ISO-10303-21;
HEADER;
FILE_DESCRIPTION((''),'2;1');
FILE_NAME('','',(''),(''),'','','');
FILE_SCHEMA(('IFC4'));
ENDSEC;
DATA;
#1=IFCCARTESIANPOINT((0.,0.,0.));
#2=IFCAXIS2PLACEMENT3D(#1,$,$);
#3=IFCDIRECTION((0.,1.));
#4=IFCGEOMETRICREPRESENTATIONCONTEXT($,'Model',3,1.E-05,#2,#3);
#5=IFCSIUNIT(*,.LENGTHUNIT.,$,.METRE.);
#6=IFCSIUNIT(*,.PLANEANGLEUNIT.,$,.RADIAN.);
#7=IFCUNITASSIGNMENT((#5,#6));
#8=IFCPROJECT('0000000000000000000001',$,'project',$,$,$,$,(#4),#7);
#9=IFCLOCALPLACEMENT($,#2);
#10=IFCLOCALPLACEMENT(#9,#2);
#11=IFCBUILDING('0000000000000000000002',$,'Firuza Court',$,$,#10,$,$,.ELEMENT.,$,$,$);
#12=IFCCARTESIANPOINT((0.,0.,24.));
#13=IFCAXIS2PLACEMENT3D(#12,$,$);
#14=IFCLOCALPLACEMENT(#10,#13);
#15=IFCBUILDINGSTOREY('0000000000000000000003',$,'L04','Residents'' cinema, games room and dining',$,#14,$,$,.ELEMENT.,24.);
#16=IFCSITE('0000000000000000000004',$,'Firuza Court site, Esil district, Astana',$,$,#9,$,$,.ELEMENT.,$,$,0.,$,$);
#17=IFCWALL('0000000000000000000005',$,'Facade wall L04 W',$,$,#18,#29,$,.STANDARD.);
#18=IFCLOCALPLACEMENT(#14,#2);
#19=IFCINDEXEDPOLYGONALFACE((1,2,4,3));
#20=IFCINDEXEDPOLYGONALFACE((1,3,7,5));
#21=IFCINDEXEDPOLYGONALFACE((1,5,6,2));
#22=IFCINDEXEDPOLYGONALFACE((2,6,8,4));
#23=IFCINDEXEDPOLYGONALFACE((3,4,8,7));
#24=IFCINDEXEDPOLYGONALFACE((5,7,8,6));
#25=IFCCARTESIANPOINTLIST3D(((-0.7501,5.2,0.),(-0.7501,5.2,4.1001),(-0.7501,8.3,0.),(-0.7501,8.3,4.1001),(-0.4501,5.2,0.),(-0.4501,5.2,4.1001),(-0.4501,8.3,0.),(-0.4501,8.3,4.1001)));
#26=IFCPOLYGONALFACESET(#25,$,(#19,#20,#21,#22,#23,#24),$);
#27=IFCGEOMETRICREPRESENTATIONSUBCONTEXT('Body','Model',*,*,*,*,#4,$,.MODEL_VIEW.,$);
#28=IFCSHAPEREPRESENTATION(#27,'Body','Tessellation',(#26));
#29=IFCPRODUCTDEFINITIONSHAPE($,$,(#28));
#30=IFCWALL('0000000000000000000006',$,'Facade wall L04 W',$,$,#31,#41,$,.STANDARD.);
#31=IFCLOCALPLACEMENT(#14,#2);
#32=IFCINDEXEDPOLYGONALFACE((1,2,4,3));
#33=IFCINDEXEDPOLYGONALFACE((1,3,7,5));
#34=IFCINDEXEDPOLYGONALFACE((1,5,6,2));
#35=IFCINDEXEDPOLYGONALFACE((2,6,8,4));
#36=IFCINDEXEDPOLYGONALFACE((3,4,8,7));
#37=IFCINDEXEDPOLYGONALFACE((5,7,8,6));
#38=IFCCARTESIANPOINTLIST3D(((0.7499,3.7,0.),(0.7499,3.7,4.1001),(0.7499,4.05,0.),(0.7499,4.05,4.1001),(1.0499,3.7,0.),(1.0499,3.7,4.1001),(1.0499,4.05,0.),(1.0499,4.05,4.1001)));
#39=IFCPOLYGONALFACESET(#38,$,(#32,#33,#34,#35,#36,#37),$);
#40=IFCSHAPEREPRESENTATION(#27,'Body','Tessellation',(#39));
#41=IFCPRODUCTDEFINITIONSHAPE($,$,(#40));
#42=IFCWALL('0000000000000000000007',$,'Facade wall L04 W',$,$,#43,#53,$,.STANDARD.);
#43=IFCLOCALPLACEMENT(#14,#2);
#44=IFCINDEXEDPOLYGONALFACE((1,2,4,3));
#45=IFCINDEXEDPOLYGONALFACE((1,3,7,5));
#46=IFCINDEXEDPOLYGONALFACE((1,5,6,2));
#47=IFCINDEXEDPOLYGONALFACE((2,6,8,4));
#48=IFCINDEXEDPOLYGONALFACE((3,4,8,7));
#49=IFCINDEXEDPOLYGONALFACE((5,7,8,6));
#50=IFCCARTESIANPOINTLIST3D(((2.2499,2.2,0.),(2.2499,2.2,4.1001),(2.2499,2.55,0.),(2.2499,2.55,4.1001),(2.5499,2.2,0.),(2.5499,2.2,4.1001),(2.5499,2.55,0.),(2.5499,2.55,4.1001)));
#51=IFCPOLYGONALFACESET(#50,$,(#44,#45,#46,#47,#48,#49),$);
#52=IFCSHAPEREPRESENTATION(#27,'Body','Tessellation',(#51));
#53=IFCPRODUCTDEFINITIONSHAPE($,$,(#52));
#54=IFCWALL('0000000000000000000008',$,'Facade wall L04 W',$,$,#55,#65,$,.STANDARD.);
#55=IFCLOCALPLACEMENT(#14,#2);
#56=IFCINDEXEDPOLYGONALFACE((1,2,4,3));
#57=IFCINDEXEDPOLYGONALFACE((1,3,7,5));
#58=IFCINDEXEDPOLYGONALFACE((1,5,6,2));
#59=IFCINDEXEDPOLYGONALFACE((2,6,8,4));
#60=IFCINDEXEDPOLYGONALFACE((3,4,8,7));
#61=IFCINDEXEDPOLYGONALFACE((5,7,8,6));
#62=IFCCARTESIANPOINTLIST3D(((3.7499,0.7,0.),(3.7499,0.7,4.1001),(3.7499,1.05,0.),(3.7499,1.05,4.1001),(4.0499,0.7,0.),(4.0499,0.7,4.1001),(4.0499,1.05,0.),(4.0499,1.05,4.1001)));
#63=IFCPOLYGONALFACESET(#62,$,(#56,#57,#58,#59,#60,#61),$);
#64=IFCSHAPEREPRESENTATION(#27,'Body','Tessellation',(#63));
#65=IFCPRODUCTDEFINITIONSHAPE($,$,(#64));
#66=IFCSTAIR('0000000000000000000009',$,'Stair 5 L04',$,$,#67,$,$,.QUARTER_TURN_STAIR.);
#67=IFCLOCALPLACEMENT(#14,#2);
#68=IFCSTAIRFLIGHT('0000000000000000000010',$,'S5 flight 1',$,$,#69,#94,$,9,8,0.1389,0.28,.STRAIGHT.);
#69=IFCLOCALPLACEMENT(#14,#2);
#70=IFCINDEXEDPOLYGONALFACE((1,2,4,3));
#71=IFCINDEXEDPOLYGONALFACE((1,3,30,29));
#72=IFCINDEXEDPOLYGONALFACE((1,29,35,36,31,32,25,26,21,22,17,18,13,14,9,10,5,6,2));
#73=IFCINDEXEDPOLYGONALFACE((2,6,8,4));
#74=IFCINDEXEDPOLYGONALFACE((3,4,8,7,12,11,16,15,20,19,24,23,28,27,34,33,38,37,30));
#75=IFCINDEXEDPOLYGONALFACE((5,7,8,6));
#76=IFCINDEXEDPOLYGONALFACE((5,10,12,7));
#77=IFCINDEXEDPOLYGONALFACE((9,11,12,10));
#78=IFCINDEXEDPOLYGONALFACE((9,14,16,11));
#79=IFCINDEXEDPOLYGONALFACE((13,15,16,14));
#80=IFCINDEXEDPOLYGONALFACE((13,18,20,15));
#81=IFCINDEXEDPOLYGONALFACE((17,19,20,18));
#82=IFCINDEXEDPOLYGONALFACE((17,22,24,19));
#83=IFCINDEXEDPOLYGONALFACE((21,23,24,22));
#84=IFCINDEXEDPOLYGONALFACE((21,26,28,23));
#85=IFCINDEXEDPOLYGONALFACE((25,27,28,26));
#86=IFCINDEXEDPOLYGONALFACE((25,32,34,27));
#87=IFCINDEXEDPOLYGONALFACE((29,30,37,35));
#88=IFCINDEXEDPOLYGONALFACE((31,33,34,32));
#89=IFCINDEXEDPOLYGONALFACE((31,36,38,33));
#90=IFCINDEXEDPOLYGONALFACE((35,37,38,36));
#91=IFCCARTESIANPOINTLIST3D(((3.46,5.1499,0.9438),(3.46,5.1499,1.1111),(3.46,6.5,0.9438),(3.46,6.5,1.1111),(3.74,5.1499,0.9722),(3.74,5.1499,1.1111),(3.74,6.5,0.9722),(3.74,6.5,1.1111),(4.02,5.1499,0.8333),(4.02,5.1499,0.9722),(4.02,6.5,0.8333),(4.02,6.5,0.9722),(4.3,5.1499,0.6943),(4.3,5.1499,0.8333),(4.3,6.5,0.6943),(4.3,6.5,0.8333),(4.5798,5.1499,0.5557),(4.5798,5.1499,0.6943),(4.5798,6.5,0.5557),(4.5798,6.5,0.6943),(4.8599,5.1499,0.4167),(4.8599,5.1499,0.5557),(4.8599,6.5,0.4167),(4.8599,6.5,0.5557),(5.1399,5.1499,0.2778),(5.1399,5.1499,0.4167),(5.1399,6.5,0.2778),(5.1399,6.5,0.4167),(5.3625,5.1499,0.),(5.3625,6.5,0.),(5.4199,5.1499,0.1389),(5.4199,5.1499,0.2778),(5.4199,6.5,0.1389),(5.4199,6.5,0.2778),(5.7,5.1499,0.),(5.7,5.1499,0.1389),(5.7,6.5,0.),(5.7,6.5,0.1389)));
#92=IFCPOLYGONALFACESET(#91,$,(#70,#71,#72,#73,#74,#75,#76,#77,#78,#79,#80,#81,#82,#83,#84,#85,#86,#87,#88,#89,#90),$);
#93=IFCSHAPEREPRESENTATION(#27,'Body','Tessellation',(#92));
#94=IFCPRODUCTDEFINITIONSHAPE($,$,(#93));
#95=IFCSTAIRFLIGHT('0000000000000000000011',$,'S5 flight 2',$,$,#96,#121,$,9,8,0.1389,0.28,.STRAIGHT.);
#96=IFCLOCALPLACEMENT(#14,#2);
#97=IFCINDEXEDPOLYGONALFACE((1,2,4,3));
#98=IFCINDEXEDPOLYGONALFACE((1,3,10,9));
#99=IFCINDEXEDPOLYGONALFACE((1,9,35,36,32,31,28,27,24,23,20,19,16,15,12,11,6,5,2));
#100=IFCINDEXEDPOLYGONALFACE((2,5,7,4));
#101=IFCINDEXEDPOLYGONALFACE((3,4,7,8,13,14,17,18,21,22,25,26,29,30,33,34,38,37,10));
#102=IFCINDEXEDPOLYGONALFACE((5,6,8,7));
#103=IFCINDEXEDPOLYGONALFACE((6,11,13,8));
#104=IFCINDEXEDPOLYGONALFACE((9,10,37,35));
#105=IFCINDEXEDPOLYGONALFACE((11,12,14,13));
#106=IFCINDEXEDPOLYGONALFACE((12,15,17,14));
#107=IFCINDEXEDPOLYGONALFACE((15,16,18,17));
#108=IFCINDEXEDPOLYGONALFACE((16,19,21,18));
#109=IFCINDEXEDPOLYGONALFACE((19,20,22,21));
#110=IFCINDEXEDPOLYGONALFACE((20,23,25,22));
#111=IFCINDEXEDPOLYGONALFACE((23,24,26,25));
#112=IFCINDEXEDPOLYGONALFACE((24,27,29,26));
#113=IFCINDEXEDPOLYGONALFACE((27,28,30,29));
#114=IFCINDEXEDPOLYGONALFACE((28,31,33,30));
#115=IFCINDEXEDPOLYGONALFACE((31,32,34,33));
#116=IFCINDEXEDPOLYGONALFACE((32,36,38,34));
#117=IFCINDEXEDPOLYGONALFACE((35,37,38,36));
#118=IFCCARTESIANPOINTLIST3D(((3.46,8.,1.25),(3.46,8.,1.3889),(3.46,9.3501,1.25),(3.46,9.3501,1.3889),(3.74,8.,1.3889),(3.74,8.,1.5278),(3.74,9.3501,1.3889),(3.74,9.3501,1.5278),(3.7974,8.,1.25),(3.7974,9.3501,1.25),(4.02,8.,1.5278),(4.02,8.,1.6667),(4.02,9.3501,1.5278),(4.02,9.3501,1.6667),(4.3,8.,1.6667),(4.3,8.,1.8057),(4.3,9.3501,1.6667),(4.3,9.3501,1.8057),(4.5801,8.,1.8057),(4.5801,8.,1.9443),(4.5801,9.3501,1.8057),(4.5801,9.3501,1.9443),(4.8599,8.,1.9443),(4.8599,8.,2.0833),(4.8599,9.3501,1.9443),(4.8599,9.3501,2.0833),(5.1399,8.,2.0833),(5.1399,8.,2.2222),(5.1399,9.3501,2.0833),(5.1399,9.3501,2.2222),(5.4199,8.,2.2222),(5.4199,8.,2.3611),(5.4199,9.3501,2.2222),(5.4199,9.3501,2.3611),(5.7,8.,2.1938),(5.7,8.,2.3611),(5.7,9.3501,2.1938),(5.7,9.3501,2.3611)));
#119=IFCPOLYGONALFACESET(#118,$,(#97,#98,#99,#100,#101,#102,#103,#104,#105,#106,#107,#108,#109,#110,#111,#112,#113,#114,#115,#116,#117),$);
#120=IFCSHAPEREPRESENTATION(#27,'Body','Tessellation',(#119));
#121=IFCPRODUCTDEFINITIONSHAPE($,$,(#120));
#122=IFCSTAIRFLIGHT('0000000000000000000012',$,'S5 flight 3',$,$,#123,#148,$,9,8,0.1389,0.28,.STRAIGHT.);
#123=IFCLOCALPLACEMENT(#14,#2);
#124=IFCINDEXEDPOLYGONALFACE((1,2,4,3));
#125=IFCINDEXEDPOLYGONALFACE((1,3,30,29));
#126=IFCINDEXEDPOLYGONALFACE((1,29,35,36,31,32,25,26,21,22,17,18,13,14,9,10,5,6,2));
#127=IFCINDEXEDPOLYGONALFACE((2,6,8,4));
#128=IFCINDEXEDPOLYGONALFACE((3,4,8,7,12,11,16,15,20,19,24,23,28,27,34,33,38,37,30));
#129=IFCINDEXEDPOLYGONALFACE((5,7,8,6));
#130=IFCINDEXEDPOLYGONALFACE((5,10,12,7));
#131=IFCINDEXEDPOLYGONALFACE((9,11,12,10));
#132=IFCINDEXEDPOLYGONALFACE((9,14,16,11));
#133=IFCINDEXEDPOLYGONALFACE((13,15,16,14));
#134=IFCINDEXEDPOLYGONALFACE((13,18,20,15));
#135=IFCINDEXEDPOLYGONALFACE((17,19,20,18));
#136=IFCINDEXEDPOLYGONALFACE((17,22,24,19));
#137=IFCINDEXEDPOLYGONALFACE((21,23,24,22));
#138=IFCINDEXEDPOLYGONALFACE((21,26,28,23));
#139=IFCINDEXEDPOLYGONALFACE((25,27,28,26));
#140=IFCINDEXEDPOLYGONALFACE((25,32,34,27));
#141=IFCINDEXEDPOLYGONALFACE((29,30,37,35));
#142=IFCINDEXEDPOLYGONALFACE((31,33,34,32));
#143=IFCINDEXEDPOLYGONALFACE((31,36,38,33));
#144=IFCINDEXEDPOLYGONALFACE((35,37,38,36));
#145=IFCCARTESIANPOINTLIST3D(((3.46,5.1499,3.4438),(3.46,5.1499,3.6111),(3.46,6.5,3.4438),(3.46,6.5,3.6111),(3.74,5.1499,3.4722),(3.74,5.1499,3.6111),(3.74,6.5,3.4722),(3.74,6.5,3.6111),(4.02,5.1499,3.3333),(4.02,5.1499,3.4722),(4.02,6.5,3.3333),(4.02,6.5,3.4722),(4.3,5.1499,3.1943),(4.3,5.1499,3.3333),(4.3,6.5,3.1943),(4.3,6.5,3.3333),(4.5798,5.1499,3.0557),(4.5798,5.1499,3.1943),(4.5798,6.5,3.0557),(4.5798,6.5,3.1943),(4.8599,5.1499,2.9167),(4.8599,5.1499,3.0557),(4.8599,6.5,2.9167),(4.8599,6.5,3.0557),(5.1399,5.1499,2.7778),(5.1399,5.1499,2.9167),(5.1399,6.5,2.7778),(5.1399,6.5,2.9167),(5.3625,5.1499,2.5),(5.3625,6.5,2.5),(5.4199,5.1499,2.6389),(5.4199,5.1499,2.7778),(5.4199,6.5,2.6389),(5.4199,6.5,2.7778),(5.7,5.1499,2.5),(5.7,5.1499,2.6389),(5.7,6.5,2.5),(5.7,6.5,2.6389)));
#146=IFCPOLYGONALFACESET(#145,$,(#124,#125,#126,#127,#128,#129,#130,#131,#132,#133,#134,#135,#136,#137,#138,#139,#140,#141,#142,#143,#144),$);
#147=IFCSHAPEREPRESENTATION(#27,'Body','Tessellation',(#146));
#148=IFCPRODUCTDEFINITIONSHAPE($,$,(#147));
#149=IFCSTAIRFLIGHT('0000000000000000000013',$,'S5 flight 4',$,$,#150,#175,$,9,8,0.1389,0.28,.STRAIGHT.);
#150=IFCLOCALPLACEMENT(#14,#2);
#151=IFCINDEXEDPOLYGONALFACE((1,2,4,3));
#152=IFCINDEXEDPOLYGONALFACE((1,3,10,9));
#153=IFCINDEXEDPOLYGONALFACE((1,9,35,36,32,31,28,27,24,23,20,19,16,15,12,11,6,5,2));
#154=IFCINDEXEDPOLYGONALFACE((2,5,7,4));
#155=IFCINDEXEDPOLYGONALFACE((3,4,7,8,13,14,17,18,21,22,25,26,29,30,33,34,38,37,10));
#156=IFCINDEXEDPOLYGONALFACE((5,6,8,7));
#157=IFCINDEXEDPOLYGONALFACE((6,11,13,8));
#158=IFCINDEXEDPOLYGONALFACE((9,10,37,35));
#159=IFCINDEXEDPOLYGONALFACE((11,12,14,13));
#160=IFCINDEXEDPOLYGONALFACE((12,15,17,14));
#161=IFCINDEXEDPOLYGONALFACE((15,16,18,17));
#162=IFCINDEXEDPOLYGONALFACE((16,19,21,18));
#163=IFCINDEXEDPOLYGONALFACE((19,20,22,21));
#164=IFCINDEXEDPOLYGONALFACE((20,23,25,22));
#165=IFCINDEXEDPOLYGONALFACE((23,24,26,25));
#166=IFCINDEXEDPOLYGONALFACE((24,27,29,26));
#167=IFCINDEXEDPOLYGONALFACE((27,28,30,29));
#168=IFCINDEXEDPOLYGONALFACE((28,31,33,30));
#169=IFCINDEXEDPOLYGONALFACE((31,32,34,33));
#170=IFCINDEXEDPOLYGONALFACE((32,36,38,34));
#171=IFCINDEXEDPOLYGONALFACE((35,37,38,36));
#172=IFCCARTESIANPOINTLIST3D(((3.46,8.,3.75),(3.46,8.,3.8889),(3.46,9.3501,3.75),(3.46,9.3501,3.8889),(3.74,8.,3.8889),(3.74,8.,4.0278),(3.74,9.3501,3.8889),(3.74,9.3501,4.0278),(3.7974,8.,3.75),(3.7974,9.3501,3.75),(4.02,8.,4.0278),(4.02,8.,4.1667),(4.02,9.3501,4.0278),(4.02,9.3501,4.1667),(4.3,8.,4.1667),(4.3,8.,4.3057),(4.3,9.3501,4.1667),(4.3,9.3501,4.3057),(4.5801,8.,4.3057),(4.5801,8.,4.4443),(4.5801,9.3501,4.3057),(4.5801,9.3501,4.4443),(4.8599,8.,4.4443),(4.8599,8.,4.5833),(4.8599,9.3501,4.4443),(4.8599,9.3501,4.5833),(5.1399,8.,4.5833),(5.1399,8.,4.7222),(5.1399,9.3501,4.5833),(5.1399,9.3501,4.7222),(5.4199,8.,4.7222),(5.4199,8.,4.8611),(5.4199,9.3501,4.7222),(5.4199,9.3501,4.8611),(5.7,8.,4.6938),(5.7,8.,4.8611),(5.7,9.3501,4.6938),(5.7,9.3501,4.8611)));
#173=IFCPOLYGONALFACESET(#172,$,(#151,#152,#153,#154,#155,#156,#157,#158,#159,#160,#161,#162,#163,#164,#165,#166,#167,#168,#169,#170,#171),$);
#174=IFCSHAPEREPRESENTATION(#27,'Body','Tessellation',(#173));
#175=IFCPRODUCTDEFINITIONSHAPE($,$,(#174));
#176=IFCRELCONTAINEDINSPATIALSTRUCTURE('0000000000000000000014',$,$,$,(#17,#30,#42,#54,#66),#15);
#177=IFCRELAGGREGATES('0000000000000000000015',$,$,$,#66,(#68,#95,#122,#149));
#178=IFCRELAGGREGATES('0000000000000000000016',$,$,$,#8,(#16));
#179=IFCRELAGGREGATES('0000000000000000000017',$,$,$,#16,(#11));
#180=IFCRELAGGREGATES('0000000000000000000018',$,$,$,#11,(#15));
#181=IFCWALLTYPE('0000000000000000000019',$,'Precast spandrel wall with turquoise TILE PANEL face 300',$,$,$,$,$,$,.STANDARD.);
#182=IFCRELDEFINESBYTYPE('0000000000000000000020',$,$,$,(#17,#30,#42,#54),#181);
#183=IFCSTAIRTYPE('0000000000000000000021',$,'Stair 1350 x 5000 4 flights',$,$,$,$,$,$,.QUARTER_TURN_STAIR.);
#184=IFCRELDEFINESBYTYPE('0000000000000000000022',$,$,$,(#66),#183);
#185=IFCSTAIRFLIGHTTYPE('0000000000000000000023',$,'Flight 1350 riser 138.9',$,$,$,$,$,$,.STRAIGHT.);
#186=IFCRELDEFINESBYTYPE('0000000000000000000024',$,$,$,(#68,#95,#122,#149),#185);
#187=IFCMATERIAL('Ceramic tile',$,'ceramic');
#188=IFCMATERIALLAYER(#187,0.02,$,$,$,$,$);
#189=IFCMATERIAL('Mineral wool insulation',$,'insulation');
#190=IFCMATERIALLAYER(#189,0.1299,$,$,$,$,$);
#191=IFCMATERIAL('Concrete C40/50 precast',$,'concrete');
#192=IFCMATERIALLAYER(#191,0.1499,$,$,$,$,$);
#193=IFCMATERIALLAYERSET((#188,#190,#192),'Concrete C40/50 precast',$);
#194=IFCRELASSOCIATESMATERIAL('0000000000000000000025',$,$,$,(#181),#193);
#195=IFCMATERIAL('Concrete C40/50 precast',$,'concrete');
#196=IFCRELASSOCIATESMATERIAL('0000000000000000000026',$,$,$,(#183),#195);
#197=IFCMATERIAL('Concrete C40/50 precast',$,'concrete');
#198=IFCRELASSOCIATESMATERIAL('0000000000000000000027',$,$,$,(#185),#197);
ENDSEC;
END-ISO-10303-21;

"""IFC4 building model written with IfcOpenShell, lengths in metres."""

from ifc_helpers import new_model, si_unit, direction, frame, frame_2d, origin, place, context, subcontext, project, spatial, polyline, rectangle, outline, extrude, material, layer, layer_set, type_object, element, aggregate, save


model = new_model("IFC4")

# Units and contexts
model_context = context("Model", 3, precision=1e-05, world=origin(), true_north=direction((0.0, 1.0)))
body_context = subcontext(model_context, "Body", "Model", "MODEL_VIEW")
ifc_project = project(units=[si_unit("LENGTHUNIT", "METRE"), si_unit("PLANEANGLEUNIT", "RADIAN")], contexts=[model_context])

# Site, building, storey
site_placement = place(None, origin())
site = spatial("IfcSite", under=ifc_project, at=site_placement, Name="Firuza Court site, Esil district, Astana", CompositionType="ELEMENT", RefElevation=0.0)
building_placement = place(site_placement, origin())
building = spatial("IfcBuilding", under=site, at=building_placement, Name="Firuza Court", CompositionType="ELEMENT")
storey_placement = place(building_placement, frame((0.0, 0.0, 24.0)))
storey = spatial("IfcBuildingStorey", under=building, at=storey_placement, Name="L04", Description="Residents' cinema, games room and dining", CompositionType="ELEMENT", Elevation=24.0)

# Walls
ifc_material_1 = material(Name="Ceramic tile", Category="ceramic")
ifc_layer_1 = layer(ifc_material_1, 0.02)
ifc_material_2 = material(Name="Mineral wool insulation", Category="insulation")
ifc_layer_2 = layer(ifc_material_2, 0.1299)
ifc_material_3 = material(Name="Concrete C40/50 precast", Category="concrete")
ifc_layer_3 = layer(ifc_material_3, 0.1499)
ifc_layer_set_1 = layer_set([ifc_layer_1, ifc_layer_2, ifc_layer_3], Name="Concrete C40/50 precast")
wall_type_1 = type_object("IfcWallType", Name="Precast spandrel wall with turquoise TILE PANEL face 300", PredefinedType="STANDARD", material=ifc_layer_set_1)
wall_1_placement = place(storey_placement, frame((-0.6001, 8.3, 0.0), z_axis=(0.0, 0.0, 1.0), x_axis=(0.0, -1.0, 0.0)))
element("IfcWall", 1, at=wall_1_placement, inside=storey, type_object=wall_type_1, Name="Facade wall L04 W", PredefinedType="STANDARD", context=body_context, shape_type="SweptSolid", body=[
    extrude(rectangle(XDim=3.1001, YDim=0.3, at=frame_2d((1.55, 0.0))), origin(), (0.0, 0.0, 1.0), 4.1001),
])
for number, where, z_axis, x_axis, name in (
    (2, (0.8999, 4.05, 0.0), (0.0, 0.0, 1.0), (0.0, -1.0, 0.0), "Facade wall L04 W"),
    (3, (2.3999, 2.55, 0.0), (0.0, 0.0, 1.0), (0.0, -1.0, 0.0), "Facade wall L04 W"),
    (4, (3.8999, 1.05, 0.0), (0.0, 0.0, 1.0), (0.0, -1.0, 0.0), "Facade wall L04 W"),
):
    element("IfcWall", number, at=place(storey_placement, frame(where, z_axis=z_axis, x_axis=x_axis)), inside=storey, type_object=wall_type_1, Name=name, PredefinedType="STANDARD", context=body_context, shape_type="SweptSolid", body=[
        extrude(rectangle(XDim=0.3501, YDim=0.3, at=frame_2d((0.175, 0.0))), origin(), (0.0, 0.0, 1.0), 4.1001),
    ])

# Stair, stair flights
ifc_material_4 = material(Name="Concrete C40/50 precast", Category="concrete")
stair_type = type_object("IfcStairType", Name="Stair 1350 x 5000 4 flights", PredefinedType="QUARTER_TURN_STAIR", material=ifc_material_4)
stair_placement = place(storey_placement, origin())
stair = element("IfcStair", 5, at=stair_placement, inside=storey, type_object=stair_type, Name="Stair 5 L04", PredefinedType="QUARTER_TURN_STAIR")
ifc_material_5 = material(Name="Concrete C40/50 precast", Category="concrete")
stair_flight_type = type_object("IfcStairFlightType", Name="Flight 1350 riser 138.9", PredefinedType="STRAIGHT", material=ifc_material_5)
stair_flight_1_placement = place(storey_placement, frame((5.7, 5.825, 0.0), z_axis=(0.0, 0.0, 1.0), x_axis=(-1.0, 0.0, 0.0)))
stair_flight_1 = element("IfcStairFlight", 6, at=stair_flight_1_placement, type_object=stair_flight_type, Name="S5 flight 1", NumberOfRisers=9, NumberOfTreads=8, PredefinedType="STRAIGHT", RiserHeight=0.1389, TreadLength=0.28, context=body_context, shape_type="SweptSolid", body=[
    extrude(outline(polyline([(0.0, 0.0), (0.0, 0.1389), (0.28, 0.1389), (0.28, 0.2778), (0.5601, 0.2778), (0.5601, 0.4167), (0.8401, 0.4167), (0.8401, 0.5557), (1.1201, 0.5557), (1.1201, 0.6943), (1.3999, 0.6943), (1.3999, 0.8333), (1.6799, 0.8333), (1.6799, 0.9722), (1.96, 0.9722), (1.96, 1.1111), (2.24, 1.1111), (2.24, 1.25), (2.24, 0.9438), (0.3374, 0.0), (0.0, 0.0)])), frame((0.0, 0.675, 0.0), z_axis=(0.0, -1.0, 0.0), x_axis=(1.0, 0.0, 0.0)), (0.0, 0.0, 1.0), 1.3501),
])
stair_flight_2_placement = place(storey_placement, frame((3.46, 8.675, 1.25), z_axis=(0.0, 0.0, 1.0), x_axis=(1.0, 0.0, 0.0)))
stair_flight_2 = element("IfcStairFlight", 7, at=stair_flight_2_placement, type_object=stair_flight_type, Name="S5 flight 2", NumberOfRisers=9, NumberOfTreads=8, PredefinedType="STRAIGHT", RiserHeight=0.1389, TreadLength=0.28, context=body_context, shape_type="SweptSolid", body=[
    extrude(outline(polyline([(0.0, 0.0), (0.0, 0.1389), (0.28, 0.1389), (0.28, 0.2778), (0.5601, 0.2778), (0.5601, 0.4167), (0.8401, 0.4167), (0.8401, 0.5557), (1.1201, 0.5557), (1.1201, 0.6943), (1.3999, 0.6943), (1.3999, 0.8333), (1.6799, 0.8333), (1.6799, 0.9722), (1.96, 0.9722), (1.96, 1.1111), (2.24, 1.1111), (2.24, 1.25), (2.24, 0.9438), (0.3374, 0.0), (0.0, 0.0)])), frame((0.0, 0.675, 0.0), z_axis=(0.0, -1.0, 0.0), x_axis=(1.0, 0.0, 0.0)), (0.0, 0.0, 1.0), 1.3501),
])
stair_flight_3_placement = place(storey_placement, frame((5.7, 5.825, 2.5), z_axis=(0.0, 0.0, 1.0), x_axis=(-1.0, 0.0, 0.0)))
stair_flight_3 = element("IfcStairFlight", 8, at=stair_flight_3_placement, type_object=stair_flight_type, Name="S5 flight 3", NumberOfRisers=9, NumberOfTreads=8, PredefinedType="STRAIGHT", RiserHeight=0.1389, TreadLength=0.28, context=body_context, shape_type="SweptSolid", body=[
    extrude(outline(polyline([(0.0, 0.0), (0.0, 0.1389), (0.28, 0.1389), (0.28, 0.2778), (0.5601, 0.2778), (0.5601, 0.4167), (0.8401, 0.4167), (0.8401, 0.5557), (1.1201, 0.5557), (1.1201, 0.6943), (1.3999, 0.6943), (1.3999, 0.8333), (1.6799, 0.8333), (1.6799, 0.9722), (1.96, 0.9722), (1.96, 1.1111), (2.24, 1.1111), (2.24, 1.25), (2.24, 0.9438), (0.3374, 0.0), (0.0, 0.0)])), frame((0.0, 0.675, 0.0), z_axis=(0.0, -1.0, 0.0), x_axis=(1.0, 0.0, 0.0)), (0.0, 0.0, 1.0), 1.3501),
])
stair_flight_4_placement = place(storey_placement, frame((3.46, 8.675, 3.75), z_axis=(0.0, 0.0, 1.0), x_axis=(1.0, 0.0, 0.0)))
stair_flight_4 = element("IfcStairFlight", 9, at=stair_flight_4_placement, type_object=stair_flight_type, Name="S5 flight 4", NumberOfRisers=9, NumberOfTreads=8, PredefinedType="STRAIGHT", RiserHeight=0.1389, TreadLength=0.28, context=body_context, shape_type="SweptSolid", body=[
    extrude(outline(polyline([(0.0, 0.0), (0.0, 0.1389), (0.28, 0.1389), (0.28, 0.2778), (0.5601, 0.2778), (0.5601, 0.4167), (0.8401, 0.4167), (0.8401, 0.5557), (1.1201, 0.5557), (1.1201, 0.6943), (1.3999, 0.6943), (1.3999, 0.8333), (1.6799, 0.8333), (1.6799, 0.9722), (1.96, 0.9722), (1.96, 1.1111), (2.24, 1.1111), (2.24, 1.25), (2.24, 0.9438), (0.3374, 0.0), (0.0, 0.0)])), frame((0.0, 0.675, 0.0), z_axis=(0.0, -1.0, 0.0), x_axis=(1.0, 0.0, 0.0)), (0.0, 0.0, 1.0), 1.3501),
])
aggregate(stair, [stair_flight_1, stair_flight_2, stair_flight_3, stair_flight_4])

save(model, "model.ifc")
